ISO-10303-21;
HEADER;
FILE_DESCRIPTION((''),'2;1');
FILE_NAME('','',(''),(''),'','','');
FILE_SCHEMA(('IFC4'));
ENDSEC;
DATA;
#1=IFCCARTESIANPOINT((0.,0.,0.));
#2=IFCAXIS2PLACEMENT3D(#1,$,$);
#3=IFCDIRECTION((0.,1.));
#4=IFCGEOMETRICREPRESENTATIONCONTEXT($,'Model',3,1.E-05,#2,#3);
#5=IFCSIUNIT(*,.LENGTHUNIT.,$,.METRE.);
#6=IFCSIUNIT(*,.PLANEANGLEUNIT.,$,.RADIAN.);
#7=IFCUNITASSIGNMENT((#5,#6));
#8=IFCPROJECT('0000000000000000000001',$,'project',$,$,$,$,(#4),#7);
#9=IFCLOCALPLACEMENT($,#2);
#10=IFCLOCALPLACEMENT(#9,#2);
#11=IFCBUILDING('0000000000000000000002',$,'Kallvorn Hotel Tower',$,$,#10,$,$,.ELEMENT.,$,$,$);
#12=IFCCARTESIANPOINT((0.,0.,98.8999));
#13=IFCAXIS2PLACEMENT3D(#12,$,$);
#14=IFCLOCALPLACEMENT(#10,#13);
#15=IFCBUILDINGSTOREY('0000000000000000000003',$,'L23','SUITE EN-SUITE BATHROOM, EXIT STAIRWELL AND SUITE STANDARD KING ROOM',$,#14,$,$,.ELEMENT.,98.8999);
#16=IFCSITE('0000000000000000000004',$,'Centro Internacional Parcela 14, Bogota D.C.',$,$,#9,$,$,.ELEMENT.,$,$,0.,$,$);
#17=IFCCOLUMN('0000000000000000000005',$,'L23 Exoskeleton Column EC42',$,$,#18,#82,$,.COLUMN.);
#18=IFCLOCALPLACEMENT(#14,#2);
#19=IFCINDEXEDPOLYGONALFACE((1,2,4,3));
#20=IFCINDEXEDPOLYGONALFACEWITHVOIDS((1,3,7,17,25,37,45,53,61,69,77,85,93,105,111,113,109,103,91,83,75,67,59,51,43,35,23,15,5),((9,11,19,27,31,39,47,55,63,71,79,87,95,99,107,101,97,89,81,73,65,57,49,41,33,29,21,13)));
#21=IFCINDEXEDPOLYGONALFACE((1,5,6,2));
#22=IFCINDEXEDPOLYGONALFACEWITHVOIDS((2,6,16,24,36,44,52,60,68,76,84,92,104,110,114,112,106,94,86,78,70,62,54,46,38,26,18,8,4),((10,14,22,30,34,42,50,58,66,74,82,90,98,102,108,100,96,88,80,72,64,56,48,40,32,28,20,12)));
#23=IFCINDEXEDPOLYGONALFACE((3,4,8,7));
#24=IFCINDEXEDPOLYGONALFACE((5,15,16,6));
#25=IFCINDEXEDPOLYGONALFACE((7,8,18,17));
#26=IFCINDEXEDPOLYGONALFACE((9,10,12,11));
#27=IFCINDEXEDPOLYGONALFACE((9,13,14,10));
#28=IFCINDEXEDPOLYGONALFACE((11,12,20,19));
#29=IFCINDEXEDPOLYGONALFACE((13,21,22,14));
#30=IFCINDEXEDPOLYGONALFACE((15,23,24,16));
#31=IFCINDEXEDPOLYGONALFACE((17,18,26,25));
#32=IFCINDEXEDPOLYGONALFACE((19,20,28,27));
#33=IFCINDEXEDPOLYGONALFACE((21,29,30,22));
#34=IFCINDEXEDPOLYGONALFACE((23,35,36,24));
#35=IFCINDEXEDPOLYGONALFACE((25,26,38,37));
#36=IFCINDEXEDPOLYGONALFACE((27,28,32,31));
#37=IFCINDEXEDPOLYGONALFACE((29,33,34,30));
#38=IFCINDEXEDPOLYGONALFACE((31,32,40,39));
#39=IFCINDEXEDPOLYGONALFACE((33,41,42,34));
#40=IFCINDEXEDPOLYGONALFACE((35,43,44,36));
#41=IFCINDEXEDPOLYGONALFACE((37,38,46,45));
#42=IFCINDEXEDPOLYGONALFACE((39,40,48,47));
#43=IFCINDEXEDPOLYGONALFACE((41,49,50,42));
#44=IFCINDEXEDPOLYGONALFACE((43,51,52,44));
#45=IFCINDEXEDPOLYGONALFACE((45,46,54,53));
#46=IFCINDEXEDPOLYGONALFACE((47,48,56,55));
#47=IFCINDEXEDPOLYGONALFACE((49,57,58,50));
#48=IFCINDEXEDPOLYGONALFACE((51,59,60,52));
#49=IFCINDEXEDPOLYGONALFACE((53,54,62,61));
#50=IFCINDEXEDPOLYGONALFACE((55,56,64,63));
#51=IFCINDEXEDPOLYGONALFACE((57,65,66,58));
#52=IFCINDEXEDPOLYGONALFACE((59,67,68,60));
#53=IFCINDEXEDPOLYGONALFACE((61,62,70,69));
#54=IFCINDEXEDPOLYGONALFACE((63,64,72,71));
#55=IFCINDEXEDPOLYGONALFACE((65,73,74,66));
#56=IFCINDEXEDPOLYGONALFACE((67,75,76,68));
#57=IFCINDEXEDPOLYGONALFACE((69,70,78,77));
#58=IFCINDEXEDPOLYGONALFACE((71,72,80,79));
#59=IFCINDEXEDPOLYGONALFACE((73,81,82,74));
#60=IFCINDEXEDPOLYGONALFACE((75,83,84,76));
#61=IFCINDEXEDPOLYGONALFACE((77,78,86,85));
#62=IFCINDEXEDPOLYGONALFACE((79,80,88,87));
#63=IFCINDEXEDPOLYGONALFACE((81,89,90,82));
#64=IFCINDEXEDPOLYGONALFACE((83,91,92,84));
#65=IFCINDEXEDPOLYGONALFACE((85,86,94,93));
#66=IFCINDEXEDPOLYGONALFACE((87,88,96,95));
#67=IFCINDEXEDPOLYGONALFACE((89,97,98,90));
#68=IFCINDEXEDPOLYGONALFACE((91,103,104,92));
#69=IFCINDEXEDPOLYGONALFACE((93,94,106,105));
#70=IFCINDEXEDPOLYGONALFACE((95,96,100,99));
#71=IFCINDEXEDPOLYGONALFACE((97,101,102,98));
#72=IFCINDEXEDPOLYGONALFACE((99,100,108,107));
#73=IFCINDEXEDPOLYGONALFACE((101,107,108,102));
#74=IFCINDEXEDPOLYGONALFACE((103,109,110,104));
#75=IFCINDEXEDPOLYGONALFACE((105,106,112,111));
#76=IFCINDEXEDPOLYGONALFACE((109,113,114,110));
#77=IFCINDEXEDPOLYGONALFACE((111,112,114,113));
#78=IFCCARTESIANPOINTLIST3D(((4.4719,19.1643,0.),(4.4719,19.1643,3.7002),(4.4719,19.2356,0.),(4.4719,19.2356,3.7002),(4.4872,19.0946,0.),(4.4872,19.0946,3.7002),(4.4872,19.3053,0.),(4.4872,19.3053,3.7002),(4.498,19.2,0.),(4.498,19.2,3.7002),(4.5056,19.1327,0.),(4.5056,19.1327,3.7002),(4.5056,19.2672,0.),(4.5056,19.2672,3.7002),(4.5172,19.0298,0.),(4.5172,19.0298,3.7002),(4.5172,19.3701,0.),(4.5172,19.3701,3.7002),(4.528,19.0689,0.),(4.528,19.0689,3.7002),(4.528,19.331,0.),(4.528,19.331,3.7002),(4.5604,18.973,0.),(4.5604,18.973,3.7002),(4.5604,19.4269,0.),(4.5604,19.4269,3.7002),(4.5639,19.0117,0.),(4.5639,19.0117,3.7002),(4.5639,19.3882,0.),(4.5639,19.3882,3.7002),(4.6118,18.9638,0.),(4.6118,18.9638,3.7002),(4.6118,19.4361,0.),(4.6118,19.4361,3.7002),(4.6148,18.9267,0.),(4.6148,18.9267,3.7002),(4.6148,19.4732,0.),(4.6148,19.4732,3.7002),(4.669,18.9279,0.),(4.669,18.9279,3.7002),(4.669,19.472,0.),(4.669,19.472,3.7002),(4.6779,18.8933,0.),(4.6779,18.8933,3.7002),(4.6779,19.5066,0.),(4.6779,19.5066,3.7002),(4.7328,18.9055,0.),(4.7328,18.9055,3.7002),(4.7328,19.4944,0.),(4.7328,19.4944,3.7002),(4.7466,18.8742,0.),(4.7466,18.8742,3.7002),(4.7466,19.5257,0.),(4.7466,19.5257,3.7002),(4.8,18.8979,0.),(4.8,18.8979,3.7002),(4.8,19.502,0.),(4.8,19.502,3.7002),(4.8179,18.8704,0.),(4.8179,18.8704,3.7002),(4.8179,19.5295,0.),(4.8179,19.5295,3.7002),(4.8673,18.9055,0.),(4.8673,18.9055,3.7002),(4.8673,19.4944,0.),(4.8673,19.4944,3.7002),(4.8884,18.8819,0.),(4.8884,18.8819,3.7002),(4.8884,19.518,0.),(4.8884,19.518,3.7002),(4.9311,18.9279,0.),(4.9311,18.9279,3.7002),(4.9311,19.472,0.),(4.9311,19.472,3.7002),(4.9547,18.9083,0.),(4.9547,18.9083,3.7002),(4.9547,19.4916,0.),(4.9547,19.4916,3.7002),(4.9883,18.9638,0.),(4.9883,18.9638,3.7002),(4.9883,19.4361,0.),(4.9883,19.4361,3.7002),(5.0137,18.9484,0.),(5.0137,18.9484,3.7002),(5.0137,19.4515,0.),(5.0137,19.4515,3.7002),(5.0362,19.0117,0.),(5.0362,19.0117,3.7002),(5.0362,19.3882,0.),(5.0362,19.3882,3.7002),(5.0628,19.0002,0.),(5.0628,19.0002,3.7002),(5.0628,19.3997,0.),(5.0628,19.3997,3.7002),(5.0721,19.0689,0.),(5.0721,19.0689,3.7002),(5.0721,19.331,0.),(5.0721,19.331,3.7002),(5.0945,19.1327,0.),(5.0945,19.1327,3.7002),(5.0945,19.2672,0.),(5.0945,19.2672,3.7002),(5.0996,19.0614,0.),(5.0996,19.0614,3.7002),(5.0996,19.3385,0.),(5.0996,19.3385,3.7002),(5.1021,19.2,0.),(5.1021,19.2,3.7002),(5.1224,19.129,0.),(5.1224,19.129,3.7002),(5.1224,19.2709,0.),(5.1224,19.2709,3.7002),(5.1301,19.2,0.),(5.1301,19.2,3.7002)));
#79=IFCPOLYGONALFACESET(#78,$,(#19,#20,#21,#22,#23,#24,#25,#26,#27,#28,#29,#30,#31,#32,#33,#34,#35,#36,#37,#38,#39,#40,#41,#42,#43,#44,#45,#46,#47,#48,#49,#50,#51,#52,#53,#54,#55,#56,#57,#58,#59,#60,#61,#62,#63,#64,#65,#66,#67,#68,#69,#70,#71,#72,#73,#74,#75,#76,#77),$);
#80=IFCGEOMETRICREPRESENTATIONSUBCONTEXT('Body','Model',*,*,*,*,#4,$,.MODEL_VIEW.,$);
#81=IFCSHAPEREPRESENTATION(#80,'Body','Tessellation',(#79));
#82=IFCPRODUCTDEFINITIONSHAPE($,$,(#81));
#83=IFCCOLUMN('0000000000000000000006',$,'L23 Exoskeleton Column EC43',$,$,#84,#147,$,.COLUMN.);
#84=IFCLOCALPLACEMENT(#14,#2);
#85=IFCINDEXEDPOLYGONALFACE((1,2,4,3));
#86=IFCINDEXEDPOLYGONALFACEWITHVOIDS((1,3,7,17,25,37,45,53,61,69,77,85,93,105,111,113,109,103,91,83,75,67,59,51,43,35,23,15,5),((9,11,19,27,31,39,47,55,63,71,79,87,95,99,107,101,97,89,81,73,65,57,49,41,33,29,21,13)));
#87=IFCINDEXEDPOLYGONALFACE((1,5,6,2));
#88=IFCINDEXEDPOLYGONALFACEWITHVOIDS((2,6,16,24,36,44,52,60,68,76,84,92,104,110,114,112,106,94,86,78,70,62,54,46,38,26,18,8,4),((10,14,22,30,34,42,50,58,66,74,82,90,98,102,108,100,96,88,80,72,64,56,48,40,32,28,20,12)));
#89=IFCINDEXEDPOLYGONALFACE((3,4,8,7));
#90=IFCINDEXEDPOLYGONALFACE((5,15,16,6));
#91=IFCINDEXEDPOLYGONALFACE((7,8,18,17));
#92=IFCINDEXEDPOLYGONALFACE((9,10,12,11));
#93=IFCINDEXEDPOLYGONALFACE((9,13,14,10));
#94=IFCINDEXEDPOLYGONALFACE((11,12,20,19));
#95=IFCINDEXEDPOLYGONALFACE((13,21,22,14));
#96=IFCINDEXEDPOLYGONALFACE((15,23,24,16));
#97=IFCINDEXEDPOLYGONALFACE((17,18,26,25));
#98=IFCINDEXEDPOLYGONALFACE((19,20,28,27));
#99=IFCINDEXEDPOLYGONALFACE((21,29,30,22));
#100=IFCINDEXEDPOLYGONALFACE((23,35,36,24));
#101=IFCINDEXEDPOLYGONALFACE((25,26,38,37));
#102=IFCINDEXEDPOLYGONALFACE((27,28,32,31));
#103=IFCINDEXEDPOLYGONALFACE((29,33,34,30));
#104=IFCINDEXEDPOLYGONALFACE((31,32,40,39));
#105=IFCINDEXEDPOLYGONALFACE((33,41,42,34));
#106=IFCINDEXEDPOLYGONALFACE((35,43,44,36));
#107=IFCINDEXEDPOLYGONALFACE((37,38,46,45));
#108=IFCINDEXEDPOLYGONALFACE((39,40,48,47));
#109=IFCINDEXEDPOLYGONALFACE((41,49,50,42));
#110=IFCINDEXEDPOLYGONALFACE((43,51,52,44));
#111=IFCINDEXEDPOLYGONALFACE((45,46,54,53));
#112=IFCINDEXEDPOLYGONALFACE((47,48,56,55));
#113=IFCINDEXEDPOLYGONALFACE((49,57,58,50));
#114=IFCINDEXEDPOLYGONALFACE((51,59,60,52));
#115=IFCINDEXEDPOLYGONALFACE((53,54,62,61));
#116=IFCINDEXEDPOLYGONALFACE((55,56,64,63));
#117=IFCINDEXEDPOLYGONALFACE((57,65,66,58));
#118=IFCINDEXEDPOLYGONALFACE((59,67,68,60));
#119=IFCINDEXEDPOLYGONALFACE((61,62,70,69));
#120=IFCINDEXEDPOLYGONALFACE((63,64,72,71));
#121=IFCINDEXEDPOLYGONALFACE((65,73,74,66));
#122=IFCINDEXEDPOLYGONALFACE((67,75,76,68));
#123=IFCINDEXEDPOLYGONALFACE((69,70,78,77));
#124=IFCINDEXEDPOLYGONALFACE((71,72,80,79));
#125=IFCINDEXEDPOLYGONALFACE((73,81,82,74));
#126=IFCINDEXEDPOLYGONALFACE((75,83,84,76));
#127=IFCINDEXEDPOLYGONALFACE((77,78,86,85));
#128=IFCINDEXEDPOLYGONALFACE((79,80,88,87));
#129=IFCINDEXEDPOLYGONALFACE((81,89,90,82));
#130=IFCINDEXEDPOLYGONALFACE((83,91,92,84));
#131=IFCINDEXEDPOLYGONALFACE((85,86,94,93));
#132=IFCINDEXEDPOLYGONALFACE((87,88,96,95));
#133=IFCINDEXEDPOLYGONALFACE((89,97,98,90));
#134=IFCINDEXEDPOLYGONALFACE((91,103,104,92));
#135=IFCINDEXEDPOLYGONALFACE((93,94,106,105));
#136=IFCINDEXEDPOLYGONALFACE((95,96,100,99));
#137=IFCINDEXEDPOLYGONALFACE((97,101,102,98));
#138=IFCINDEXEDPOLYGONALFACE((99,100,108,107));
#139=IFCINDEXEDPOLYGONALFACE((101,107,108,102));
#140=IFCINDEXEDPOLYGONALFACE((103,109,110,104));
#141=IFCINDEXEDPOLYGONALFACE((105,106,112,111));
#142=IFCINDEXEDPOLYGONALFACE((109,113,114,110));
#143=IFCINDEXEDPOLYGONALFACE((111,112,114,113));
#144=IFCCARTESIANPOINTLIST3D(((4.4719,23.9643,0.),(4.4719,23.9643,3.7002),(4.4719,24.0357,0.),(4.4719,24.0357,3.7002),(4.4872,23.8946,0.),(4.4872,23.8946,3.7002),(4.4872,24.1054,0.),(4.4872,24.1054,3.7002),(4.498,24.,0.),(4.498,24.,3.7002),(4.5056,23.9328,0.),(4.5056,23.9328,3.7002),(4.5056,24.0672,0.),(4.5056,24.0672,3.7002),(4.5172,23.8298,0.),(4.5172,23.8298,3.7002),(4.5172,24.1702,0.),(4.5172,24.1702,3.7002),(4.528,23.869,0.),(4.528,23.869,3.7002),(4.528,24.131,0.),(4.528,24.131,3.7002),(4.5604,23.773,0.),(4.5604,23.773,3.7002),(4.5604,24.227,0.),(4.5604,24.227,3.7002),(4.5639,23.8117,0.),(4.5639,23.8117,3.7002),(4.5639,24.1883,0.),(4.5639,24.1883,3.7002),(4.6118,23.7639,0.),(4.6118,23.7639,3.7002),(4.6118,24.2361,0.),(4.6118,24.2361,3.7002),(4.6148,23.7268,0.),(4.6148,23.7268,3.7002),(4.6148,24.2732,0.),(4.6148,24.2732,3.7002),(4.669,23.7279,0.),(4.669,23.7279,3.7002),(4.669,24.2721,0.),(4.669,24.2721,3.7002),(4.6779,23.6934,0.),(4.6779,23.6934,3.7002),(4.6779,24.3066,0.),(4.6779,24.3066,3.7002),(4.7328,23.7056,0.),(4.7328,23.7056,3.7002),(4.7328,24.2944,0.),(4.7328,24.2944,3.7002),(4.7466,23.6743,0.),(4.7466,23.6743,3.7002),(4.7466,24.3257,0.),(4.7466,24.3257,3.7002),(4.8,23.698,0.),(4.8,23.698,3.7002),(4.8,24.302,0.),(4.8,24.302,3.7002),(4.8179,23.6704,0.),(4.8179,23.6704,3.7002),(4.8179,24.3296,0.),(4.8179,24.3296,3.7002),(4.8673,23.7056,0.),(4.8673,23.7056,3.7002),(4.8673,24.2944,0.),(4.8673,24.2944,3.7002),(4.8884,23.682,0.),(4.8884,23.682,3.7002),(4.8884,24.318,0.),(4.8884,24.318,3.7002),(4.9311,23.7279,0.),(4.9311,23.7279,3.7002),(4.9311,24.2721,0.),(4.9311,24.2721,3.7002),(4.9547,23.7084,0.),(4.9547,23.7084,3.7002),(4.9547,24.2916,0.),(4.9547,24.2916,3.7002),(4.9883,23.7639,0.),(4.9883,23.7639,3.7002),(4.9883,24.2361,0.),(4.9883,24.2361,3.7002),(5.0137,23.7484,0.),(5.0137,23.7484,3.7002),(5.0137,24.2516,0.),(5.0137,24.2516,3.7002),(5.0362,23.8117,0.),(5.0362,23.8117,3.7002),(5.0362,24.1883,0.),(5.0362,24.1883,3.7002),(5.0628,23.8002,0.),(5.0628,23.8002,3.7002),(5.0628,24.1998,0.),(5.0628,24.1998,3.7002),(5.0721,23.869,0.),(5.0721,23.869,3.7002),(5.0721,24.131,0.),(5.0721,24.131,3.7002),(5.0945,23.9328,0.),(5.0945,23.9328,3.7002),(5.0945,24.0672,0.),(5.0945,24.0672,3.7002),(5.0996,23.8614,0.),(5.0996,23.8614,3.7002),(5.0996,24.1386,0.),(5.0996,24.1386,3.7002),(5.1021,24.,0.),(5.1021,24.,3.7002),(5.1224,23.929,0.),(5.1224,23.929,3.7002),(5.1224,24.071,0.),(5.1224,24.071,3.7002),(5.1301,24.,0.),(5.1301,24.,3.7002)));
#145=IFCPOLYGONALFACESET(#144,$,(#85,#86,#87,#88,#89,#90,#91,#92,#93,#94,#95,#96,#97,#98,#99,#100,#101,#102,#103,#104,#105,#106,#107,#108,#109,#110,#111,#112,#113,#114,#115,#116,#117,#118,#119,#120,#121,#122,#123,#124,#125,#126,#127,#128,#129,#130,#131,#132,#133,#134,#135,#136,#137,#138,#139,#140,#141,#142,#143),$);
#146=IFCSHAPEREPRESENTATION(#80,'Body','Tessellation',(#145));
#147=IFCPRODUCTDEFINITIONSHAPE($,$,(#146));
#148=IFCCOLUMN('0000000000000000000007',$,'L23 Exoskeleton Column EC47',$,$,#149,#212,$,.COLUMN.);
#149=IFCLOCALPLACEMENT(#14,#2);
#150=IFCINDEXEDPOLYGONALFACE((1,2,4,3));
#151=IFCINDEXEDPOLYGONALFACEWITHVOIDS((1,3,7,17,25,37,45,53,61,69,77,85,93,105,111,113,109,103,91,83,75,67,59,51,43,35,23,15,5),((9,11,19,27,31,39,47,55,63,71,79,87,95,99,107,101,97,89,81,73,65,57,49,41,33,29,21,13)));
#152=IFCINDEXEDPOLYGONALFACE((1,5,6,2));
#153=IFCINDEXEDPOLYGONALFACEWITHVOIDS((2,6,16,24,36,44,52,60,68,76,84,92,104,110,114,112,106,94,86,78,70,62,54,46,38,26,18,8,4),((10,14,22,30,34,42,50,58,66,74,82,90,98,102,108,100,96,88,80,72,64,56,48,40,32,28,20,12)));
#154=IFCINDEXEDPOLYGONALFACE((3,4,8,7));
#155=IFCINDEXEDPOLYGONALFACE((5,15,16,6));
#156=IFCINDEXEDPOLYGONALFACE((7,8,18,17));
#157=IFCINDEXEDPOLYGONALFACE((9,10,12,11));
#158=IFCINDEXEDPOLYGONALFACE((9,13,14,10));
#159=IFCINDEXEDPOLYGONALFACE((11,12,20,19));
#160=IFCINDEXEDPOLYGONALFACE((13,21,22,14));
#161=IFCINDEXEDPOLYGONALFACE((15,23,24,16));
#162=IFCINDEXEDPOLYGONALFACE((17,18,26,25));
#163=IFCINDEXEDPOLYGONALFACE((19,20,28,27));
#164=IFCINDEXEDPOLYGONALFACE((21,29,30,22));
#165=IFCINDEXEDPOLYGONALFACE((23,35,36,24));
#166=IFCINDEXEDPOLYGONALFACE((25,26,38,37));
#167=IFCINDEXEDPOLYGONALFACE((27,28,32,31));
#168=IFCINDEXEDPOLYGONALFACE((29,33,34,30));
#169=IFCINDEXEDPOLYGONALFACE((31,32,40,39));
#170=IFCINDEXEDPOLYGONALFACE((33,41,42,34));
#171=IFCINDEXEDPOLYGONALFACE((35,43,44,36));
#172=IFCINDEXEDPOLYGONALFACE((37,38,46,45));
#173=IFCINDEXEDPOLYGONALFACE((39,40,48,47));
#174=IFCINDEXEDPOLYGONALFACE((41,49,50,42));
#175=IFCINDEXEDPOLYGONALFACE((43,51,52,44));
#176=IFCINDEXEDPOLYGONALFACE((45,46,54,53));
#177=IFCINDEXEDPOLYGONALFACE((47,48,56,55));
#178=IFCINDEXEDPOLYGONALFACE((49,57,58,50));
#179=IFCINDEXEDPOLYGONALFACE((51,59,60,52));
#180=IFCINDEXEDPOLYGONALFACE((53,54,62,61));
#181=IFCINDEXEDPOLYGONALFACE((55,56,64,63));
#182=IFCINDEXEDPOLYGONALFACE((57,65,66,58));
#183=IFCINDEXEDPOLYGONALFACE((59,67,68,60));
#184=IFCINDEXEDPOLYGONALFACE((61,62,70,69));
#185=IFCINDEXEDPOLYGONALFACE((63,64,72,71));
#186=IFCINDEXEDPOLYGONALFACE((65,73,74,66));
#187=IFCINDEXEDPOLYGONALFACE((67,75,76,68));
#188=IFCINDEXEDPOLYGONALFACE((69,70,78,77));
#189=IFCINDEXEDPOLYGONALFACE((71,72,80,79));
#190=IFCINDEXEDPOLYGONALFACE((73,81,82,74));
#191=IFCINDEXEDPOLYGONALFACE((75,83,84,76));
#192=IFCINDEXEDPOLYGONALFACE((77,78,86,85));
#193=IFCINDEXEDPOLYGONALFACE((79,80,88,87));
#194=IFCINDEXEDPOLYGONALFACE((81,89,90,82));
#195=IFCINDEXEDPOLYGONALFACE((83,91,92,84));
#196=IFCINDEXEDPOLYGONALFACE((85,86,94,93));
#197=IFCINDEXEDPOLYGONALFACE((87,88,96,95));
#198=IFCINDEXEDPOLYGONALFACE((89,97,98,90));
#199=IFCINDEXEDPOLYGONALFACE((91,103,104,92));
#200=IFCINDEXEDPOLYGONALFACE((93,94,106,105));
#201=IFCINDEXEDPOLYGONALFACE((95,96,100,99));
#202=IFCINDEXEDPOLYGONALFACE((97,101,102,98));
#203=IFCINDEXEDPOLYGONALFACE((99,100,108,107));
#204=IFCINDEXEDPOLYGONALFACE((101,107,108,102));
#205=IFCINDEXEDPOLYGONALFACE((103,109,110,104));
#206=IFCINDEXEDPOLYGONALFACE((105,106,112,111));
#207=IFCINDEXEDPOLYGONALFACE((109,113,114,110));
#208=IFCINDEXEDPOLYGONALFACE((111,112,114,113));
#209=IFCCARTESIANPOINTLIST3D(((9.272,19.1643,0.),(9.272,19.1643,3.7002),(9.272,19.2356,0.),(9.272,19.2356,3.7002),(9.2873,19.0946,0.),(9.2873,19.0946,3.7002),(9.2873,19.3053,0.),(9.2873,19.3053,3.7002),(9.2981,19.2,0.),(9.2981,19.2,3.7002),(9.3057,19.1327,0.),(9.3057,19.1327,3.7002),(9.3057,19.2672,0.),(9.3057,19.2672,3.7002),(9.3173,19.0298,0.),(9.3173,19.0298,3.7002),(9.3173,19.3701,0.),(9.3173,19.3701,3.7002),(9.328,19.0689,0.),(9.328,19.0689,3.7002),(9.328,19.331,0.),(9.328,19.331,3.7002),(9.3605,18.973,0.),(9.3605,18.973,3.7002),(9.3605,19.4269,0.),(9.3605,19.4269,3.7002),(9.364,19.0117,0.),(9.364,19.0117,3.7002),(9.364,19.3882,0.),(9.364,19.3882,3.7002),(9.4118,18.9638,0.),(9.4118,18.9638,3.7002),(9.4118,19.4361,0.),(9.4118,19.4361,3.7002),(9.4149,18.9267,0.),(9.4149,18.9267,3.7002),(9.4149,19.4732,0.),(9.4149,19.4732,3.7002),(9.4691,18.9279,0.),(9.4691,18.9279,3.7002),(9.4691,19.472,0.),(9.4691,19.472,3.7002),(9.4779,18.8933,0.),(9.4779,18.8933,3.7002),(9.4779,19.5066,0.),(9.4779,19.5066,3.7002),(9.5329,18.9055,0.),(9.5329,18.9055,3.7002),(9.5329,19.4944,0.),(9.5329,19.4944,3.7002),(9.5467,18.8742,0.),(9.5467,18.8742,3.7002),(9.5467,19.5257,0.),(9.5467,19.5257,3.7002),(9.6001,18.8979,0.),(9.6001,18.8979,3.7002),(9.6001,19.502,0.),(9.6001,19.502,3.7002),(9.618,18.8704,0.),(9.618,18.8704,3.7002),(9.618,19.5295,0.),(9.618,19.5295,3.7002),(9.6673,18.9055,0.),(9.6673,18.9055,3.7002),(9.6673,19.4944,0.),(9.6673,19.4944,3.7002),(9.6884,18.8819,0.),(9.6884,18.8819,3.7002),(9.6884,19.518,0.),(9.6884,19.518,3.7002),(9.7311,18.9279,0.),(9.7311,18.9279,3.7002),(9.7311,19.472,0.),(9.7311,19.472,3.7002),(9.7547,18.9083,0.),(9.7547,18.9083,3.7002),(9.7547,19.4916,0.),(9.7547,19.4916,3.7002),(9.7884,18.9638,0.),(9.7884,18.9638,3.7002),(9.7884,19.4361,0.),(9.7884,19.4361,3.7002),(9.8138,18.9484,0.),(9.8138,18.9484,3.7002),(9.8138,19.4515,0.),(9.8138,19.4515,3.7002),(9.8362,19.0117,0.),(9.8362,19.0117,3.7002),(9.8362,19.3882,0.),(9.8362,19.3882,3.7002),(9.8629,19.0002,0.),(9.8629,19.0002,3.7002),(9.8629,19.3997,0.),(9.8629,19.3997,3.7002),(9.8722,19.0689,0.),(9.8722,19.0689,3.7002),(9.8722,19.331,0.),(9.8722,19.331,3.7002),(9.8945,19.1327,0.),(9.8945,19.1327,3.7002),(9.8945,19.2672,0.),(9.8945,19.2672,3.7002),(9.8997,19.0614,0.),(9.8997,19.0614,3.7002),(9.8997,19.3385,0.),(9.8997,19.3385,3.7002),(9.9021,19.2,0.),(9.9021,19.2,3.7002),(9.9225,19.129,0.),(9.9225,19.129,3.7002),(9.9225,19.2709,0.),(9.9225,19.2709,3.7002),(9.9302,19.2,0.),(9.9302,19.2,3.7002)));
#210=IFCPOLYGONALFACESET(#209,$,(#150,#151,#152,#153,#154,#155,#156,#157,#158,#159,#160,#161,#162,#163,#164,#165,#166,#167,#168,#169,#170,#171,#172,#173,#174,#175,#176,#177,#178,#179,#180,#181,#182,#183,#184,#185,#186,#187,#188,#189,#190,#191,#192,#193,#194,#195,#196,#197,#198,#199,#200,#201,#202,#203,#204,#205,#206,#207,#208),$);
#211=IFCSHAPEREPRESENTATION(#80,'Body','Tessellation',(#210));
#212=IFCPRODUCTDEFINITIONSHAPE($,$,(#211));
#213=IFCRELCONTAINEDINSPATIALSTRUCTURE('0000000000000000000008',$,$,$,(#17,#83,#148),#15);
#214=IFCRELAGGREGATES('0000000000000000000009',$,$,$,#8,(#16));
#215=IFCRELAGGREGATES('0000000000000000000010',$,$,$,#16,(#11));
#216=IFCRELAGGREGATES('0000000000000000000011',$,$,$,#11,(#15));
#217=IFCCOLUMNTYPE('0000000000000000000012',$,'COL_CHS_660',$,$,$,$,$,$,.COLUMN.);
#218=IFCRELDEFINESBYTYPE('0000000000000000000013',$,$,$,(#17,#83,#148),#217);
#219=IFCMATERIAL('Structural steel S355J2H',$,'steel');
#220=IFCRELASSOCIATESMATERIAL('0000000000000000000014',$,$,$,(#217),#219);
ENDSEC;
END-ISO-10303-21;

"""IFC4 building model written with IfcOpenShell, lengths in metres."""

from ifc_helpers import new_model, si_unit, direction, frame, origin, origin_2d, place, context, subcontext, project, spatial, hollow_circle, extrude, material, material_profile, profile_set, type_object, element, save


model = new_model("IFC4")

# Units and contexts
model_context = context("Model", 3, precision=1e-05, world=origin(), true_north=direction((0.0, 1.0)))
body_context = subcontext(model_context, "Body", "Model", "MODEL_VIEW")
ifc_project = project(units=[si_unit("LENGTHUNIT", "METRE"), si_unit("PLANEANGLEUNIT", "RADIAN")], contexts=[model_context])

# Site, building, storey
site_placement = place(None, origin())
site = spatial("IfcSite", under=ifc_project, at=site_placement, Name="Centro Internacional Parcela 14, Bogota D.C.", CompositionType="ELEMENT", RefElevation=0.0)
building_placement = place(site_placement, origin())
building = spatial("IfcBuilding", under=site, at=building_placement, Name="Kallvorn Hotel Tower", CompositionType="ELEMENT")
storey_placement = place(building_placement, frame((0.0, 0.0, 98.8999)))
storey = spatial("IfcBuildingStorey", under=building, at=storey_placement, Name="L23", Description="SUITE EN-SUITE BATHROOM, EXIT STAIRWELL AND SUITE STANDARD KING ROOM", CompositionType="ELEMENT", Elevation=98.8999)

# Columns
ifc_material_1 = material(Name="Structural steel S355J2H", Category="steel")
ifc_material_profile_1 = material_profile(ifc_material_1, hollow_circle(Radius=0.3301, WallThickness=0.0281, at=origin_2d()), Name="CHS 660x28")
ifc_profile_set_1 = profile_set([ifc_material_profile_1], Name="Structural steel S355J2H")
column_type_1 = type_object("IfcColumnType", Name="COL_CHS_660", PredefinedType="COLUMN", material=ifc_profile_set_1)
for number, where, z_axis, x_axis, name in (
    (1, (4.8, 19.2, 0.0), (0.0, 0.0, 1.0), (1.0, 0.0, 0.0), "L23 Exoskeleton Column EC42"),
    (2, (4.8, 24.0, 0.0), (0.0, 0.0, 1.0), (1.0, 0.0, 0.0), "L23 Exoskeleton Column EC43"),
    (3, (9.6001, 19.2, 0.0), (0.0, 0.0, 1.0), (1.0, 0.0, 0.0), "L23 Exoskeleton Column EC47"),
):
    element("IfcColumn", number, at=place(storey_placement, frame(where, z_axis=z_axis, x_axis=x_axis)), inside=storey, type_object=column_type_1, Name=name, PredefinedType="COLUMN", context=body_context, shape_type="SweptSolid", body=[
        extrude(hollow_circle(Radius=0.3301, WallThickness=0.0281, at=origin_2d()), origin(), (0.0, 0.0, 1.0), 3.7002),
    ])

save(model, "model.ifc")
